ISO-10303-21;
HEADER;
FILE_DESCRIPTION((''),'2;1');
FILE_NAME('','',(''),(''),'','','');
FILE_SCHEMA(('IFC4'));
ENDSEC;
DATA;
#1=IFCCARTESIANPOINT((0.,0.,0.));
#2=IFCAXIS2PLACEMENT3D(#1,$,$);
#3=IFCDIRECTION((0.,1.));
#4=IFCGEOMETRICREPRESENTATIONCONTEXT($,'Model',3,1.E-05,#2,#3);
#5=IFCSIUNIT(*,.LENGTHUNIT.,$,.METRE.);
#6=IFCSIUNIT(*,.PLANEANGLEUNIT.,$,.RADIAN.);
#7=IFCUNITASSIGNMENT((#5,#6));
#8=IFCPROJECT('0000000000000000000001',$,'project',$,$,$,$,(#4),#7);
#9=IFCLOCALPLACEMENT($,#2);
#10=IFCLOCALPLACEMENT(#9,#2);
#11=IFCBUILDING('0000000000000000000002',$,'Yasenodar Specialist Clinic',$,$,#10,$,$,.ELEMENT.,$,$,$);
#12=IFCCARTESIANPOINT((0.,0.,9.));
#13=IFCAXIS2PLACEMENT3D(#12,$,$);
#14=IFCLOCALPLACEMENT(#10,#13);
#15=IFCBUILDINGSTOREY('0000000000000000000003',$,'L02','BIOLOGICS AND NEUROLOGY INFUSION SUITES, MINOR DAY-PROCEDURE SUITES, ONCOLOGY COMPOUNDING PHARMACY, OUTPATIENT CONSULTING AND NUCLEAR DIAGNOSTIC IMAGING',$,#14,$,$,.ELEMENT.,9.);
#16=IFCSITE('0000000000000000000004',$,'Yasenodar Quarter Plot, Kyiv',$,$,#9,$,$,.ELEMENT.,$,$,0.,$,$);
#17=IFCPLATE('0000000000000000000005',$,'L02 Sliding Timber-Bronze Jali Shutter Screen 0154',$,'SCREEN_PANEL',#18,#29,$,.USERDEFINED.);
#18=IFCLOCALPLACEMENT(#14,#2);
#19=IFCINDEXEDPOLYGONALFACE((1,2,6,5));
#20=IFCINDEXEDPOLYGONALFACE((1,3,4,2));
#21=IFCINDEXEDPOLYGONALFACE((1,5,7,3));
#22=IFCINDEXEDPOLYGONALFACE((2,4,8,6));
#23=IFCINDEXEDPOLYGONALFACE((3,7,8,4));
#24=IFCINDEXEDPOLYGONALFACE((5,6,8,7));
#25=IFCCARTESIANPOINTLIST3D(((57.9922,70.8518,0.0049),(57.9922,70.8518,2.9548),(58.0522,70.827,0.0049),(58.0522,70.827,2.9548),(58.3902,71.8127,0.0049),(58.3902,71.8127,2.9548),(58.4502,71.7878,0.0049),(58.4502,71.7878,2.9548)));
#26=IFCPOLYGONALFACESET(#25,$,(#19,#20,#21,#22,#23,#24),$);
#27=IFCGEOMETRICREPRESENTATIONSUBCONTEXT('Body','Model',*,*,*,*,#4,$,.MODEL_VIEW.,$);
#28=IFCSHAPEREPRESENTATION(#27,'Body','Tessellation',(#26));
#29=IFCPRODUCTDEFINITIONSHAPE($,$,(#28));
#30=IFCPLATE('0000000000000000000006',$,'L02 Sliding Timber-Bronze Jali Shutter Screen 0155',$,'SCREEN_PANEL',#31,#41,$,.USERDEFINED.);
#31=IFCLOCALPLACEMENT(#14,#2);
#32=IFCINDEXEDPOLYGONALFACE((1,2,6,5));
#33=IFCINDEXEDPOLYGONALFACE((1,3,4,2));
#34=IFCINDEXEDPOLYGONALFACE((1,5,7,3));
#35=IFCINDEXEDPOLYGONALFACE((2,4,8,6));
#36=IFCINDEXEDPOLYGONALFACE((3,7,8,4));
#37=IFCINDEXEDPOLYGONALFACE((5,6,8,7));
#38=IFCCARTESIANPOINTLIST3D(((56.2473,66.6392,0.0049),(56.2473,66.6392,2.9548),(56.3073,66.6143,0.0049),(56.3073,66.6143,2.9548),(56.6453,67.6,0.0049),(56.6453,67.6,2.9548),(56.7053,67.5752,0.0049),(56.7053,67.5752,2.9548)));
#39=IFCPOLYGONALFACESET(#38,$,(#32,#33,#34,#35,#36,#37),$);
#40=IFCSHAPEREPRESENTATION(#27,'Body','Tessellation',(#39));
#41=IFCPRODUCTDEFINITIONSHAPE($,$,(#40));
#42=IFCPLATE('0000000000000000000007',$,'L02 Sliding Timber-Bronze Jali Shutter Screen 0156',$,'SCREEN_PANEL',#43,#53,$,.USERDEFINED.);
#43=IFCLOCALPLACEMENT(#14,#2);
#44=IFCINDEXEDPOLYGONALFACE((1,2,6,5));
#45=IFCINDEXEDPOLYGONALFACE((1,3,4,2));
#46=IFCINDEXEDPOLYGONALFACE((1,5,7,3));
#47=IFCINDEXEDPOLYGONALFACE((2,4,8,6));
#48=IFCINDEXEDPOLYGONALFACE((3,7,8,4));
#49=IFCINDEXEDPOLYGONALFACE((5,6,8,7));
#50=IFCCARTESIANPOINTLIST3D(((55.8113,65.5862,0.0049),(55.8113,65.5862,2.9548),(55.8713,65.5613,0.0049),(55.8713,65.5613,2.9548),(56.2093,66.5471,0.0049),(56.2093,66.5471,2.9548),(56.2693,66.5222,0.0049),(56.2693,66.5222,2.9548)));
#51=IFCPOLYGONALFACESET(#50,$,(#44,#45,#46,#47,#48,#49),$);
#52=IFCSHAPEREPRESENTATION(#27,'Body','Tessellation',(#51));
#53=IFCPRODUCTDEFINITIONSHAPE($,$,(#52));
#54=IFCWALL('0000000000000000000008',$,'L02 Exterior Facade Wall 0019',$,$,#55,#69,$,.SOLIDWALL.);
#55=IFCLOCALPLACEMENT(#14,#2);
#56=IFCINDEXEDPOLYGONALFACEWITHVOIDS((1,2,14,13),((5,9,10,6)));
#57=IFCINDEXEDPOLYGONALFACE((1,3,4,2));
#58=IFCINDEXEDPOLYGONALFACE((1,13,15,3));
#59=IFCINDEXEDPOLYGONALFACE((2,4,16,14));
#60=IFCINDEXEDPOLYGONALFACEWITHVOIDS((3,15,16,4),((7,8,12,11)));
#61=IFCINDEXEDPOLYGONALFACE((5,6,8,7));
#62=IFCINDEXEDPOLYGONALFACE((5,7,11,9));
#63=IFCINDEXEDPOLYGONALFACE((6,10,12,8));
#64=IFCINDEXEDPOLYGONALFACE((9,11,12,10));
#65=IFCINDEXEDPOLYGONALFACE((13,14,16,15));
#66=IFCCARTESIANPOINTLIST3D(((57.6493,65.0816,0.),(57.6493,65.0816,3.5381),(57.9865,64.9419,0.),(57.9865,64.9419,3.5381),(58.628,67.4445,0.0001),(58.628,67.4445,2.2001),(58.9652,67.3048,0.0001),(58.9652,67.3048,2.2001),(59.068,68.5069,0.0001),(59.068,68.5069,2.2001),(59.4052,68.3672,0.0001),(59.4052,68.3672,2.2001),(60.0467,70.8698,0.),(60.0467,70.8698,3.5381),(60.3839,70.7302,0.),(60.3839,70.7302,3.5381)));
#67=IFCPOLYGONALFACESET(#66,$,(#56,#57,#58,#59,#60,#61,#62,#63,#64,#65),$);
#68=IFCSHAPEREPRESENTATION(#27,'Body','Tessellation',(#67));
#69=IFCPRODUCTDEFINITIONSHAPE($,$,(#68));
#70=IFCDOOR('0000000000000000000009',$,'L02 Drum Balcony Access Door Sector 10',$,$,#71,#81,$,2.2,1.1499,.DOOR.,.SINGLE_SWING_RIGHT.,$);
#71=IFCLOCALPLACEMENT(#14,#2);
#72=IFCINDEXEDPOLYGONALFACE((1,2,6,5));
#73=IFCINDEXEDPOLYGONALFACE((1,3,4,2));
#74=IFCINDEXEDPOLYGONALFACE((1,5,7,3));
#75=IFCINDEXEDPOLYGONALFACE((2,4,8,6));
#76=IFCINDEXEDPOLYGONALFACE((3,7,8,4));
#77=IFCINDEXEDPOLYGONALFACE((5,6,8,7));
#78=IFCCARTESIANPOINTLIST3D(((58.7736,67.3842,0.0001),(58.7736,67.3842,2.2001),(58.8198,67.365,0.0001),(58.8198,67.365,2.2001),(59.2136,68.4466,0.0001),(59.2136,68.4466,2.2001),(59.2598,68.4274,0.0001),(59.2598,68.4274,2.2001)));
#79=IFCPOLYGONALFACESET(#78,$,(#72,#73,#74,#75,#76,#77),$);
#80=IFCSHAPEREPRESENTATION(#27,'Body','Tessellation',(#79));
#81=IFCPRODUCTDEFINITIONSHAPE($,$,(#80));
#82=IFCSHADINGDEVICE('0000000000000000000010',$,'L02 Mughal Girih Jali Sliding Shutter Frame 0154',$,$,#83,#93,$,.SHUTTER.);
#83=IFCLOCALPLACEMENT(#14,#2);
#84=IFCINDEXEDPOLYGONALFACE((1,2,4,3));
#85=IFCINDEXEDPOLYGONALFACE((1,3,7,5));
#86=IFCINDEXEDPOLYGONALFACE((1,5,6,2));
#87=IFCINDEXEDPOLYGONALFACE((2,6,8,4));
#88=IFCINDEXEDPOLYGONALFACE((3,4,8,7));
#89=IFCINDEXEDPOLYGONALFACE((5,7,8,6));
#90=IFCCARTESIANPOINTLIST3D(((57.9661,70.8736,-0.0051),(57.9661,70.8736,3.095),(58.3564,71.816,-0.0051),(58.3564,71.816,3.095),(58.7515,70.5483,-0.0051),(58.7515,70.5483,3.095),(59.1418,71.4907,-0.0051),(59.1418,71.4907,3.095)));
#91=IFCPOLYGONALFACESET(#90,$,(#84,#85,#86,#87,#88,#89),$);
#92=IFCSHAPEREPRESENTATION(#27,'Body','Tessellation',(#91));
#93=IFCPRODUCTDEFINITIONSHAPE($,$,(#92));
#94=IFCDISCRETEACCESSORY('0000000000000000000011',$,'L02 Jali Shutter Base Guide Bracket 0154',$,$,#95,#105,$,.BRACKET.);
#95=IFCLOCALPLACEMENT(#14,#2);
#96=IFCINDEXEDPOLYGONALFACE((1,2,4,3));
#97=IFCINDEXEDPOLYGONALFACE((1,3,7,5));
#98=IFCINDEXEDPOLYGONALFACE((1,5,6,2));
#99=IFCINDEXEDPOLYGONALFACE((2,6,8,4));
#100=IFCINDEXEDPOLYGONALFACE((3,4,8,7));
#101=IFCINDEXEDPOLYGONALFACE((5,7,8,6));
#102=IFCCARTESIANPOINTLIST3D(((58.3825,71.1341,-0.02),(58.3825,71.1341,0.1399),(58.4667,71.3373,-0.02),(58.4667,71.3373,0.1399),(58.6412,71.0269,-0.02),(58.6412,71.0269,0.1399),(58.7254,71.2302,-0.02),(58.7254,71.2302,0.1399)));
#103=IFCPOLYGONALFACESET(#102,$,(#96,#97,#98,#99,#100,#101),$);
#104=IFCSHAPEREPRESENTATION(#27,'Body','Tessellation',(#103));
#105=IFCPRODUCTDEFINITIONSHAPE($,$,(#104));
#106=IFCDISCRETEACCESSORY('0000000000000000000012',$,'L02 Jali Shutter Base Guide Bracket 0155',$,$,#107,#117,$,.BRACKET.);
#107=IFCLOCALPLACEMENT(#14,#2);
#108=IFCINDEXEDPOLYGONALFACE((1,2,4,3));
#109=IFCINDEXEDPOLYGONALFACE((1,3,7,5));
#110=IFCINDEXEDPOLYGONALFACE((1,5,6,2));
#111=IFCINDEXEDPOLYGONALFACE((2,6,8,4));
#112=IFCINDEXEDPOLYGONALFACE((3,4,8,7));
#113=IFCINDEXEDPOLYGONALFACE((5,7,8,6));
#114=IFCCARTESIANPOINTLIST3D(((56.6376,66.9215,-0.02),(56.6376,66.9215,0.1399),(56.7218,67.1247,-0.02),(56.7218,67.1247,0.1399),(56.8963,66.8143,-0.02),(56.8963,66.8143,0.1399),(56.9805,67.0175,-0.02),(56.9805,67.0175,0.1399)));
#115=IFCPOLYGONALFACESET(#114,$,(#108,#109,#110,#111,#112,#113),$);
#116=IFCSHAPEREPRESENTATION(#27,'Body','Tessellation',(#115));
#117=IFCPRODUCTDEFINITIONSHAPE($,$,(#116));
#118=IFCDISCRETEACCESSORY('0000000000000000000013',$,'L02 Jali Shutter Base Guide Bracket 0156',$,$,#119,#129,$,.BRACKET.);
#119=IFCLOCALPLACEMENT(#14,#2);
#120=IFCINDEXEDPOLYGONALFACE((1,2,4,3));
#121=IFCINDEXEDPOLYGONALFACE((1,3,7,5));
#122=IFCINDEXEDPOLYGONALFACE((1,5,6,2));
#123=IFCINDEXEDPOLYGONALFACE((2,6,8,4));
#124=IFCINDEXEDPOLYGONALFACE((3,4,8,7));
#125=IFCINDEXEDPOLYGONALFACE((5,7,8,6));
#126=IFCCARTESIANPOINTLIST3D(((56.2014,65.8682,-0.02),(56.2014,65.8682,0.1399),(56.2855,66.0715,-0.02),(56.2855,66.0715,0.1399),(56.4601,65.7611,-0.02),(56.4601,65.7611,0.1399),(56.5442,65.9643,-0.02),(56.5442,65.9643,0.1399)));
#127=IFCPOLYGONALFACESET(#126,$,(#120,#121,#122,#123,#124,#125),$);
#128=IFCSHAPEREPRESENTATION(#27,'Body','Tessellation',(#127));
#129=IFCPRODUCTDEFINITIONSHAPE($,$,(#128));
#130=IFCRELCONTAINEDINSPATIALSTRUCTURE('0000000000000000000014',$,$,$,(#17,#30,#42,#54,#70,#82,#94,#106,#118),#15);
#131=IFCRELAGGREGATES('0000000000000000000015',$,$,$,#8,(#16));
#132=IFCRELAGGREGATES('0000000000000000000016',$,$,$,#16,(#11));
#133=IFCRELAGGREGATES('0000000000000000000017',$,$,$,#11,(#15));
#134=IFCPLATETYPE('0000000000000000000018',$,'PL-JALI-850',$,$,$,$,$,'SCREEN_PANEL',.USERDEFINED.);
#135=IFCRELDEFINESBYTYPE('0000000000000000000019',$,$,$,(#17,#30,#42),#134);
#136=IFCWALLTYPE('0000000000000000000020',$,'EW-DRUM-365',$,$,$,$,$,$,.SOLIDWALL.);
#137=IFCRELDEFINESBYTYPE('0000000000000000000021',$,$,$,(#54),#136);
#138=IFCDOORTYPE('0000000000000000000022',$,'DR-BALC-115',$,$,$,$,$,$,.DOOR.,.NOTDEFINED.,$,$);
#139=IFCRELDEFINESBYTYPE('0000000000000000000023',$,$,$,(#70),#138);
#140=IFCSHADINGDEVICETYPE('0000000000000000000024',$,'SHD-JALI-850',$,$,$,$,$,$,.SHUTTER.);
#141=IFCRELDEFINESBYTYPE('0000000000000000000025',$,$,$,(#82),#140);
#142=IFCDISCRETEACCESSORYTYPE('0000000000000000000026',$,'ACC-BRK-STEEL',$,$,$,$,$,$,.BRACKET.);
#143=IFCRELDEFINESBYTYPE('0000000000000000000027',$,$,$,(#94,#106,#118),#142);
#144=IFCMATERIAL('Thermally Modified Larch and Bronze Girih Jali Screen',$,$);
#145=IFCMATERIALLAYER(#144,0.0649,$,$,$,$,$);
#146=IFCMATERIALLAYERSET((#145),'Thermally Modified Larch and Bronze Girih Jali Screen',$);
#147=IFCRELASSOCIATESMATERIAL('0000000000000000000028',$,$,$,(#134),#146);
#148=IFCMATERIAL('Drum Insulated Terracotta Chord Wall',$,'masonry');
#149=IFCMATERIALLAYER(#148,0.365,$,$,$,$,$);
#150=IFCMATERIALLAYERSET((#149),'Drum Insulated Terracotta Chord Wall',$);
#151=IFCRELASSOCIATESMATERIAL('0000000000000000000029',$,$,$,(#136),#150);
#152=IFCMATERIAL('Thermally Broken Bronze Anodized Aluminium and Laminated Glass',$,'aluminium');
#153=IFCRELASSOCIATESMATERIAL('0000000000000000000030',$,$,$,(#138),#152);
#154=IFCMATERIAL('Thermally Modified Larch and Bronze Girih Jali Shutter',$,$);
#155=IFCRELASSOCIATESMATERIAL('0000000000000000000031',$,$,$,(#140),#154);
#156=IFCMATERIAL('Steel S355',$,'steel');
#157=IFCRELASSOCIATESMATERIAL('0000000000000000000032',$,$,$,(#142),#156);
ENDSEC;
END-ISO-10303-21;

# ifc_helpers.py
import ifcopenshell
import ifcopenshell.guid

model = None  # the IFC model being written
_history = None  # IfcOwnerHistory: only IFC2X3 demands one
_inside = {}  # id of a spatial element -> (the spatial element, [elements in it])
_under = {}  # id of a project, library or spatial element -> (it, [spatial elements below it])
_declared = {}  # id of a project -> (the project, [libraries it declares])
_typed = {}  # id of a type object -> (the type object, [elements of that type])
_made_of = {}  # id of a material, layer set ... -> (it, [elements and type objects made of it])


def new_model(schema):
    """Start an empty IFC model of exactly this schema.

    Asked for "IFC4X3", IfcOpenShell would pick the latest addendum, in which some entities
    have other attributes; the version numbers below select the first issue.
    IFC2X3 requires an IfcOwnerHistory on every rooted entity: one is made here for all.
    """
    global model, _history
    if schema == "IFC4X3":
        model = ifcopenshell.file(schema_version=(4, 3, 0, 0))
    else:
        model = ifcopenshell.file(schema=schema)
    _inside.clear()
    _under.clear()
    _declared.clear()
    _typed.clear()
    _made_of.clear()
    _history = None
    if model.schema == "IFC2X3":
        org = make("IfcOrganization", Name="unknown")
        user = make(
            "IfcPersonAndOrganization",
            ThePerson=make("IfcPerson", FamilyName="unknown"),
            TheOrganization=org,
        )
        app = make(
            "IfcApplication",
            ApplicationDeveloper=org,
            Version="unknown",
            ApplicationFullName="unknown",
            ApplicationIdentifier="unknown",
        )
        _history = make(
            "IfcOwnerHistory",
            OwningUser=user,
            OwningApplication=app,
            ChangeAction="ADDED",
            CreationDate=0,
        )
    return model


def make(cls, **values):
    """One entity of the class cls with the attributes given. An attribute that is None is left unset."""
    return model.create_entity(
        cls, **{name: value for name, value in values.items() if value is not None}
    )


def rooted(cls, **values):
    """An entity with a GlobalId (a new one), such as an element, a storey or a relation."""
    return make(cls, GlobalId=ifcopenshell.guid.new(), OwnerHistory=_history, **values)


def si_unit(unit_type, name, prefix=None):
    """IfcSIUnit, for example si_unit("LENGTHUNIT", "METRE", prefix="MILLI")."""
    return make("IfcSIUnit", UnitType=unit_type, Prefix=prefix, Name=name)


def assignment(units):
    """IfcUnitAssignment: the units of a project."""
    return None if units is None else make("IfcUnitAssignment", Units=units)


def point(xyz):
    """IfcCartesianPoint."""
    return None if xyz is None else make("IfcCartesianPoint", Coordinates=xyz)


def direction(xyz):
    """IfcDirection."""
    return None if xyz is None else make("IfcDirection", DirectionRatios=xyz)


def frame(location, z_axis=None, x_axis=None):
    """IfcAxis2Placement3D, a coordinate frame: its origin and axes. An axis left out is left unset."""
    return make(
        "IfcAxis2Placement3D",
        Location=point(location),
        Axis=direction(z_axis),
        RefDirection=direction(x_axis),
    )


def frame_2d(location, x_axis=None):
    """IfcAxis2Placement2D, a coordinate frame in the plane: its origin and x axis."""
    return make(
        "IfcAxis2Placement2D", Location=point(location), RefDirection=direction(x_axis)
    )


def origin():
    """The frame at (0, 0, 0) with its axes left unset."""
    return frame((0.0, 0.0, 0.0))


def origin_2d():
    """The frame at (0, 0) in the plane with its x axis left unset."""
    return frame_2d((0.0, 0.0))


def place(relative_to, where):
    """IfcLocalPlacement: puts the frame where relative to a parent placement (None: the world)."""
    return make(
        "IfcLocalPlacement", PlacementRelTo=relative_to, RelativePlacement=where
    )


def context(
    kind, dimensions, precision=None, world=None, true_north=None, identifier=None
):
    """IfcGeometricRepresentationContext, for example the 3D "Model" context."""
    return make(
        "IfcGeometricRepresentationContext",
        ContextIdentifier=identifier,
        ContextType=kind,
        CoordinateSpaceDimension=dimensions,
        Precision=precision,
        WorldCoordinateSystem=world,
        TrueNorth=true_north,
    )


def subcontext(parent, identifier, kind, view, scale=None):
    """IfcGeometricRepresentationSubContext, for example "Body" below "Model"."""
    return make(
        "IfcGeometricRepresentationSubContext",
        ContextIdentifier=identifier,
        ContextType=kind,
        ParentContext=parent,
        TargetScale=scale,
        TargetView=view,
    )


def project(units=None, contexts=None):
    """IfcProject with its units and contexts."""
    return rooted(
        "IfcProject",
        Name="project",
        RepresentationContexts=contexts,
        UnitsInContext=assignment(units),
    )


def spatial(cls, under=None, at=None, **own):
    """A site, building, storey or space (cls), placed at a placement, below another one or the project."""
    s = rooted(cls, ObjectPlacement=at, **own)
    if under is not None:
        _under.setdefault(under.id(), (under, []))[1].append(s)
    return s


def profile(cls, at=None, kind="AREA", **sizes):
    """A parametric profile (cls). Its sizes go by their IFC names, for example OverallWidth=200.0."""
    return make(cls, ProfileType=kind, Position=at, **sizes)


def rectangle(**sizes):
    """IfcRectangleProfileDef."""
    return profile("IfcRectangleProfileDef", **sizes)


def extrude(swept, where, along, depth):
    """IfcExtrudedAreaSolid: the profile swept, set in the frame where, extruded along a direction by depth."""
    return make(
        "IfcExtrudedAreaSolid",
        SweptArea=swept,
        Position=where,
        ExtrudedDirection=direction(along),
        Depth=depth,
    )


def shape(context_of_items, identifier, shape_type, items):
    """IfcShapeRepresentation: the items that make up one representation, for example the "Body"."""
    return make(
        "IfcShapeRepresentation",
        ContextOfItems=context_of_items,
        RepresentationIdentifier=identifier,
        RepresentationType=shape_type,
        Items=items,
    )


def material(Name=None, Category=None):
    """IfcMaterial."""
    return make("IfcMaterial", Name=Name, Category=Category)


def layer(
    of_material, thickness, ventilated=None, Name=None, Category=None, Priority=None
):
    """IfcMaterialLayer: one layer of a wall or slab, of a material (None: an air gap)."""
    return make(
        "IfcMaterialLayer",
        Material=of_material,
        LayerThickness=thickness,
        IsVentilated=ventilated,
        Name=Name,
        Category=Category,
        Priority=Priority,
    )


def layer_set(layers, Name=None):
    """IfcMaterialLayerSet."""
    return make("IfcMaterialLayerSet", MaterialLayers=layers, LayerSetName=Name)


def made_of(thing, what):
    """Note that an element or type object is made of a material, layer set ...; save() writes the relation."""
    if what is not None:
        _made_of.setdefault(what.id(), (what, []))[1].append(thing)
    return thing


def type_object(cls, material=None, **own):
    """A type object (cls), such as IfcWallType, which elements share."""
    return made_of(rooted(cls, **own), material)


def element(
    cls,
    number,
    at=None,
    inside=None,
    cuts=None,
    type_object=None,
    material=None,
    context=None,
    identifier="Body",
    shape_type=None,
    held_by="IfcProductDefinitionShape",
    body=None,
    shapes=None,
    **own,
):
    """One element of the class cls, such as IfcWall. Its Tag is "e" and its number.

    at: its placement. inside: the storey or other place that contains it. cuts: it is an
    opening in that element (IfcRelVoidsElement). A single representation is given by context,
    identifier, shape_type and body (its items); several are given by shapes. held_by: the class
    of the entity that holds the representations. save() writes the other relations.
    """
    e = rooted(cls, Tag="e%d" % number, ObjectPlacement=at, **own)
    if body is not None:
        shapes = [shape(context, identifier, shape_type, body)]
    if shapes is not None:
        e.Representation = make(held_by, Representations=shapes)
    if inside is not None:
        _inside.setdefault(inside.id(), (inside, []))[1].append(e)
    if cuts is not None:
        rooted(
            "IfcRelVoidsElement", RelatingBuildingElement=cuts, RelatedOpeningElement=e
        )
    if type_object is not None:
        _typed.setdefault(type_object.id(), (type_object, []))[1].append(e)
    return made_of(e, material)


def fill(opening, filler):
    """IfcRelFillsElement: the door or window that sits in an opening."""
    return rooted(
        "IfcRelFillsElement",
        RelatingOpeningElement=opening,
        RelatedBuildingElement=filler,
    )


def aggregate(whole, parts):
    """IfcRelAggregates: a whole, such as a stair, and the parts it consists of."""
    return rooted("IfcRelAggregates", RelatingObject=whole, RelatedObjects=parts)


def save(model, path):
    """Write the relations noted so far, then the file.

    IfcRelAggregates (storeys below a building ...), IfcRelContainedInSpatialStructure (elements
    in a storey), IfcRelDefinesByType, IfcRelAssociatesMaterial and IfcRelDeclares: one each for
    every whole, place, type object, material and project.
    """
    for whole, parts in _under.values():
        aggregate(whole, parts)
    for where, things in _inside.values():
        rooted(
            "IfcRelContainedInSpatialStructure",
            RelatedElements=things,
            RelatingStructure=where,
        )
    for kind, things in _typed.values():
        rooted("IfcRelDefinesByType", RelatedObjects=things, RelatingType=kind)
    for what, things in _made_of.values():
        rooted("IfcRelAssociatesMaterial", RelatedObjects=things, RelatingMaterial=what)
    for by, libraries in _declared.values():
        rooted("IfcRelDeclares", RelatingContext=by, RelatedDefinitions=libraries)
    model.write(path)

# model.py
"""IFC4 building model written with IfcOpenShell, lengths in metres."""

from ifc_helpers import new_model, si_unit, direction, frame, frame_2d, origin, origin_2d, place, context, subcontext, project, spatial, rectangle, extrude, material, layer, layer_set, type_object, element, fill, save


model = new_model("IFC4")

# Units and contexts
model_context = context("Model", 3, precision=1e-05, world=origin(), true_north=direction((0.0, 1.0)))
body_context = subcontext(model_context, "Body", "Model", "MODEL_VIEW")
ifc_project = project(units=[si_unit("LENGTHUNIT", "METRE"), si_unit("PLANEANGLEUNIT", "RADIAN")], contexts=[model_context])

# Site, building, storey
site_placement = place(None, origin())
site = spatial("IfcSite", under=ifc_project, at=site_placement, Name="Yasenodar Quarter Plot, Kyiv", CompositionType="ELEMENT", RefElevation=0.0)
building_placement = place(site_placement, origin())
building = spatial("IfcBuilding", under=site, at=building_placement, Name="Yasenodar Specialist Clinic", CompositionType="ELEMENT")
storey_placement = place(building_placement, frame((0.0, 0.0, 9.0)))
storey = spatial("IfcBuildingStorey", under=building, at=storey_placement, Name="L02", Description="BIOLOGICS AND NEUROLOGY INFUSION SUITES, MINOR DAY-PROCEDURE SUITES, ONCOLOGY COMPOUNDING PHARMACY, OUTPATIENT CONSULTING AND NUCLEAR DIAGNOSTIC IMAGING", CompositionType="ELEMENT", Elevation=9.0)

# Shared definitions
ifc_material_1 = material(Name="Steel S355", Category="steel")

# Plates
ifc_material_2 = material(Name="Thermally Modified Larch and Bronze Girih Jali Screen")
ifc_layer_1 = layer(ifc_material_2, 0.0649)
ifc_layer_set_1 = layer_set([ifc_layer_1], Name="Thermally Modified Larch and Bronze Girih Jali Screen")
plate_type_1 = type_object("IfcPlateType", Name="PL-JALI-850", ElementType="SCREEN_PANEL", PredefinedType="USERDEFINED", material=ifc_layer_set_1)
for number, where, z_axis, x_axis, name in (
    (1, (58.2212, 71.3198, 0.0049), (0.0, 0.0, 1.0), (-0.382687, -0.923878, 0.0), "L02 Sliding Timber-Bronze Jali Shutter Screen 0154"),
    (2, (56.4763, 67.1072, 0.0049), (0.0, 0.0, 1.0), (-0.382687, -0.923878, 0.0), "L02 Sliding Timber-Bronze Jali Shutter Screen 0155"),
    (3, (56.0403, 66.0542, 0.0049), (0.0, 0.0, 1.0), (-0.382687, -0.923878, 0.0), "L02 Sliding Timber-Bronze Jali Shutter Screen 0156"),
):
    element("IfcPlate", number, at=place(storey_placement, frame(where, z_axis=z_axis, x_axis=x_axis)), inside=storey, type_object=plate_type_1, Name=name, ObjectType="SCREEN_PANEL", PredefinedType="USERDEFINED", context=body_context, shape_type="SweptSolid", body=[
        extrude(rectangle(XDim=1.04, YDim=0.0649, at=origin_2d()), origin(), (0.0, 0.0, 1.0), 2.95),
    ])

# Wall, opening, door
ifc_material_3 = material(Name="Drum Insulated Terracotta Chord Wall", Category="masonry")
ifc_layer_2 = layer(ifc_material_3, 0.365)
ifc_layer_set_2 = layer_set([ifc_layer_2], Name="Drum Insulated Terracotta Chord Wall")
wall_type = type_object("IfcWallType", Name="EW-DRUM-365", PredefinedType="SOLIDWALL", material=ifc_layer_set_2)
wall_placement = place(storey_placement, frame((57.8179, 65.0117, 0.0), z_axis=(0.0, 0.0, 1.0), x_axis=(0.382664, 0.923888, 0.0)))
wall = element("IfcWall", 4, at=wall_placement, inside=storey, type_object=wall_type, Name="L02 Exterior Facade Wall 0019", PredefinedType="SOLIDWALL", context=body_context, shape_type="SweptSolid", body=[
    extrude(rectangle(XDim=6.2651, YDim=0.365, at=frame_2d((3.1326, 0.0))), origin(), (0.0, 0.0, 1.0), 3.5381),
])
opening_placement = place(wall_placement, frame((2.5576, 0.0, 0.0)))
opening = element("IfcOpeningElement", 5, at=opening_placement, cuts=wall, PredefinedType="OPENING", context=body_context, shape_type="SweptSolid", body=[
    extrude(rectangle(XDim=1.1499, YDim=2.2, at=frame_2d((0.575, 1.1001))), frame((0.0, 0.1924, 0.0), z_axis=(0.0, -1.0, 0.0), x_axis=(1.0, 0.0, 0.0)), (0.0, 0.0, 1.0), 0.385),
])
ifc_material_4 = material(Name="Thermally Broken Bronze Anodized Aluminium and Laminated Glass", Category="aluminium")
door_type = type_object("IfcDoorType", Name="DR-BALC-115", OperationType="NOTDEFINED", PredefinedType="DOOR", material=ifc_material_4)
door_placement = place(opening_placement, origin())
door = element("IfcDoor", 6, at=door_placement, inside=storey, type_object=door_type, Name="L02 Drum Balcony Access Door Sector 10", OperationType="SINGLE_SWING_RIGHT", OverallHeight=2.2, OverallWidth=1.1499, PredefinedType="DOOR", context=body_context, shape_type="SweptSolid", body=[
    extrude(rectangle(XDim=1.1499, YDim=2.2, at=frame_2d((0.575, 1.1001))), frame((0.0, 0.0249, 0.0), z_axis=(0.0, -1.0, 0.0), x_axis=(1.0, 0.0, 0.0)), (0.0, 0.0, 1.0), 0.05),
])
fill(opening, door)

# Shading device
ifc_material_5 = material(Name="Thermally Modified Larch and Bronze Girih Jali Shutter")
shading_device_type = type_object("IfcShadingDeviceType", Name="SHD-JALI-850", PredefinedType="SHUTTER", material=ifc_material_5)
shading_device_placement = place(storey_placement, frame((58.554, 71.1821, -0.0051), z_axis=(0.0, 0.0, 1.0), x_axis=(-0.382687, -0.923878, 0.0)))
element("IfcShadingDevice", 7, at=shading_device_placement, inside=storey, type_object=shading_device_type, Name="L02 Mughal Girih Jali Sliding Shutter Frame 0154", PredefinedType="SHUTTER", context=body_context, shape_type="SweptSolid", body=[
    extrude(rectangle(XDim=1.02, YDim=0.8501, at=origin_2d()), origin(), (0.0, 0.0, 1.0), 3.1001),
])

# Discrete accessories
discrete_accessory_type = type_object("IfcDiscreteAccessoryType", Name="ACC-BRK-STEEL", PredefinedType="BRACKET", material=ifc_material_1)
for number, where, z_axis, x_axis, name in (
    (8, (58.554, 71.1821, -0.02), (0.0, 0.0, 1.0), (-0.382687, -0.923878, 0.0), "L02 Jali Shutter Base Guide Bracket 0154"),
    (9, (56.8091, 66.9695, -0.02), (0.0, 0.0, 1.0), (-0.382687, -0.923878, 0.0), "L02 Jali Shutter Base Guide Bracket 0155"),
    (10, (56.3728, 65.9163, -0.02), (0.0, 0.0, 1.0), (-0.382687, -0.923878, 0.0), "L02 Jali Shutter Base Guide Bracket 0156"),
):
    element("IfcDiscreteAccessory", number, at=place(storey_placement, frame(where, z_axis=z_axis, x_axis=x_axis)), inside=storey, type_object=discrete_accessory_type, Name=name, PredefinedType="BRACKET", context=body_context, shape_type="SweptSolid", body=[
        extrude(rectangle(XDim=0.22, YDim=0.28, at=origin_2d()), origin(), (0.0, 0.0, 1.0), 0.1599),
    ])

save(model, "model.ifc")
